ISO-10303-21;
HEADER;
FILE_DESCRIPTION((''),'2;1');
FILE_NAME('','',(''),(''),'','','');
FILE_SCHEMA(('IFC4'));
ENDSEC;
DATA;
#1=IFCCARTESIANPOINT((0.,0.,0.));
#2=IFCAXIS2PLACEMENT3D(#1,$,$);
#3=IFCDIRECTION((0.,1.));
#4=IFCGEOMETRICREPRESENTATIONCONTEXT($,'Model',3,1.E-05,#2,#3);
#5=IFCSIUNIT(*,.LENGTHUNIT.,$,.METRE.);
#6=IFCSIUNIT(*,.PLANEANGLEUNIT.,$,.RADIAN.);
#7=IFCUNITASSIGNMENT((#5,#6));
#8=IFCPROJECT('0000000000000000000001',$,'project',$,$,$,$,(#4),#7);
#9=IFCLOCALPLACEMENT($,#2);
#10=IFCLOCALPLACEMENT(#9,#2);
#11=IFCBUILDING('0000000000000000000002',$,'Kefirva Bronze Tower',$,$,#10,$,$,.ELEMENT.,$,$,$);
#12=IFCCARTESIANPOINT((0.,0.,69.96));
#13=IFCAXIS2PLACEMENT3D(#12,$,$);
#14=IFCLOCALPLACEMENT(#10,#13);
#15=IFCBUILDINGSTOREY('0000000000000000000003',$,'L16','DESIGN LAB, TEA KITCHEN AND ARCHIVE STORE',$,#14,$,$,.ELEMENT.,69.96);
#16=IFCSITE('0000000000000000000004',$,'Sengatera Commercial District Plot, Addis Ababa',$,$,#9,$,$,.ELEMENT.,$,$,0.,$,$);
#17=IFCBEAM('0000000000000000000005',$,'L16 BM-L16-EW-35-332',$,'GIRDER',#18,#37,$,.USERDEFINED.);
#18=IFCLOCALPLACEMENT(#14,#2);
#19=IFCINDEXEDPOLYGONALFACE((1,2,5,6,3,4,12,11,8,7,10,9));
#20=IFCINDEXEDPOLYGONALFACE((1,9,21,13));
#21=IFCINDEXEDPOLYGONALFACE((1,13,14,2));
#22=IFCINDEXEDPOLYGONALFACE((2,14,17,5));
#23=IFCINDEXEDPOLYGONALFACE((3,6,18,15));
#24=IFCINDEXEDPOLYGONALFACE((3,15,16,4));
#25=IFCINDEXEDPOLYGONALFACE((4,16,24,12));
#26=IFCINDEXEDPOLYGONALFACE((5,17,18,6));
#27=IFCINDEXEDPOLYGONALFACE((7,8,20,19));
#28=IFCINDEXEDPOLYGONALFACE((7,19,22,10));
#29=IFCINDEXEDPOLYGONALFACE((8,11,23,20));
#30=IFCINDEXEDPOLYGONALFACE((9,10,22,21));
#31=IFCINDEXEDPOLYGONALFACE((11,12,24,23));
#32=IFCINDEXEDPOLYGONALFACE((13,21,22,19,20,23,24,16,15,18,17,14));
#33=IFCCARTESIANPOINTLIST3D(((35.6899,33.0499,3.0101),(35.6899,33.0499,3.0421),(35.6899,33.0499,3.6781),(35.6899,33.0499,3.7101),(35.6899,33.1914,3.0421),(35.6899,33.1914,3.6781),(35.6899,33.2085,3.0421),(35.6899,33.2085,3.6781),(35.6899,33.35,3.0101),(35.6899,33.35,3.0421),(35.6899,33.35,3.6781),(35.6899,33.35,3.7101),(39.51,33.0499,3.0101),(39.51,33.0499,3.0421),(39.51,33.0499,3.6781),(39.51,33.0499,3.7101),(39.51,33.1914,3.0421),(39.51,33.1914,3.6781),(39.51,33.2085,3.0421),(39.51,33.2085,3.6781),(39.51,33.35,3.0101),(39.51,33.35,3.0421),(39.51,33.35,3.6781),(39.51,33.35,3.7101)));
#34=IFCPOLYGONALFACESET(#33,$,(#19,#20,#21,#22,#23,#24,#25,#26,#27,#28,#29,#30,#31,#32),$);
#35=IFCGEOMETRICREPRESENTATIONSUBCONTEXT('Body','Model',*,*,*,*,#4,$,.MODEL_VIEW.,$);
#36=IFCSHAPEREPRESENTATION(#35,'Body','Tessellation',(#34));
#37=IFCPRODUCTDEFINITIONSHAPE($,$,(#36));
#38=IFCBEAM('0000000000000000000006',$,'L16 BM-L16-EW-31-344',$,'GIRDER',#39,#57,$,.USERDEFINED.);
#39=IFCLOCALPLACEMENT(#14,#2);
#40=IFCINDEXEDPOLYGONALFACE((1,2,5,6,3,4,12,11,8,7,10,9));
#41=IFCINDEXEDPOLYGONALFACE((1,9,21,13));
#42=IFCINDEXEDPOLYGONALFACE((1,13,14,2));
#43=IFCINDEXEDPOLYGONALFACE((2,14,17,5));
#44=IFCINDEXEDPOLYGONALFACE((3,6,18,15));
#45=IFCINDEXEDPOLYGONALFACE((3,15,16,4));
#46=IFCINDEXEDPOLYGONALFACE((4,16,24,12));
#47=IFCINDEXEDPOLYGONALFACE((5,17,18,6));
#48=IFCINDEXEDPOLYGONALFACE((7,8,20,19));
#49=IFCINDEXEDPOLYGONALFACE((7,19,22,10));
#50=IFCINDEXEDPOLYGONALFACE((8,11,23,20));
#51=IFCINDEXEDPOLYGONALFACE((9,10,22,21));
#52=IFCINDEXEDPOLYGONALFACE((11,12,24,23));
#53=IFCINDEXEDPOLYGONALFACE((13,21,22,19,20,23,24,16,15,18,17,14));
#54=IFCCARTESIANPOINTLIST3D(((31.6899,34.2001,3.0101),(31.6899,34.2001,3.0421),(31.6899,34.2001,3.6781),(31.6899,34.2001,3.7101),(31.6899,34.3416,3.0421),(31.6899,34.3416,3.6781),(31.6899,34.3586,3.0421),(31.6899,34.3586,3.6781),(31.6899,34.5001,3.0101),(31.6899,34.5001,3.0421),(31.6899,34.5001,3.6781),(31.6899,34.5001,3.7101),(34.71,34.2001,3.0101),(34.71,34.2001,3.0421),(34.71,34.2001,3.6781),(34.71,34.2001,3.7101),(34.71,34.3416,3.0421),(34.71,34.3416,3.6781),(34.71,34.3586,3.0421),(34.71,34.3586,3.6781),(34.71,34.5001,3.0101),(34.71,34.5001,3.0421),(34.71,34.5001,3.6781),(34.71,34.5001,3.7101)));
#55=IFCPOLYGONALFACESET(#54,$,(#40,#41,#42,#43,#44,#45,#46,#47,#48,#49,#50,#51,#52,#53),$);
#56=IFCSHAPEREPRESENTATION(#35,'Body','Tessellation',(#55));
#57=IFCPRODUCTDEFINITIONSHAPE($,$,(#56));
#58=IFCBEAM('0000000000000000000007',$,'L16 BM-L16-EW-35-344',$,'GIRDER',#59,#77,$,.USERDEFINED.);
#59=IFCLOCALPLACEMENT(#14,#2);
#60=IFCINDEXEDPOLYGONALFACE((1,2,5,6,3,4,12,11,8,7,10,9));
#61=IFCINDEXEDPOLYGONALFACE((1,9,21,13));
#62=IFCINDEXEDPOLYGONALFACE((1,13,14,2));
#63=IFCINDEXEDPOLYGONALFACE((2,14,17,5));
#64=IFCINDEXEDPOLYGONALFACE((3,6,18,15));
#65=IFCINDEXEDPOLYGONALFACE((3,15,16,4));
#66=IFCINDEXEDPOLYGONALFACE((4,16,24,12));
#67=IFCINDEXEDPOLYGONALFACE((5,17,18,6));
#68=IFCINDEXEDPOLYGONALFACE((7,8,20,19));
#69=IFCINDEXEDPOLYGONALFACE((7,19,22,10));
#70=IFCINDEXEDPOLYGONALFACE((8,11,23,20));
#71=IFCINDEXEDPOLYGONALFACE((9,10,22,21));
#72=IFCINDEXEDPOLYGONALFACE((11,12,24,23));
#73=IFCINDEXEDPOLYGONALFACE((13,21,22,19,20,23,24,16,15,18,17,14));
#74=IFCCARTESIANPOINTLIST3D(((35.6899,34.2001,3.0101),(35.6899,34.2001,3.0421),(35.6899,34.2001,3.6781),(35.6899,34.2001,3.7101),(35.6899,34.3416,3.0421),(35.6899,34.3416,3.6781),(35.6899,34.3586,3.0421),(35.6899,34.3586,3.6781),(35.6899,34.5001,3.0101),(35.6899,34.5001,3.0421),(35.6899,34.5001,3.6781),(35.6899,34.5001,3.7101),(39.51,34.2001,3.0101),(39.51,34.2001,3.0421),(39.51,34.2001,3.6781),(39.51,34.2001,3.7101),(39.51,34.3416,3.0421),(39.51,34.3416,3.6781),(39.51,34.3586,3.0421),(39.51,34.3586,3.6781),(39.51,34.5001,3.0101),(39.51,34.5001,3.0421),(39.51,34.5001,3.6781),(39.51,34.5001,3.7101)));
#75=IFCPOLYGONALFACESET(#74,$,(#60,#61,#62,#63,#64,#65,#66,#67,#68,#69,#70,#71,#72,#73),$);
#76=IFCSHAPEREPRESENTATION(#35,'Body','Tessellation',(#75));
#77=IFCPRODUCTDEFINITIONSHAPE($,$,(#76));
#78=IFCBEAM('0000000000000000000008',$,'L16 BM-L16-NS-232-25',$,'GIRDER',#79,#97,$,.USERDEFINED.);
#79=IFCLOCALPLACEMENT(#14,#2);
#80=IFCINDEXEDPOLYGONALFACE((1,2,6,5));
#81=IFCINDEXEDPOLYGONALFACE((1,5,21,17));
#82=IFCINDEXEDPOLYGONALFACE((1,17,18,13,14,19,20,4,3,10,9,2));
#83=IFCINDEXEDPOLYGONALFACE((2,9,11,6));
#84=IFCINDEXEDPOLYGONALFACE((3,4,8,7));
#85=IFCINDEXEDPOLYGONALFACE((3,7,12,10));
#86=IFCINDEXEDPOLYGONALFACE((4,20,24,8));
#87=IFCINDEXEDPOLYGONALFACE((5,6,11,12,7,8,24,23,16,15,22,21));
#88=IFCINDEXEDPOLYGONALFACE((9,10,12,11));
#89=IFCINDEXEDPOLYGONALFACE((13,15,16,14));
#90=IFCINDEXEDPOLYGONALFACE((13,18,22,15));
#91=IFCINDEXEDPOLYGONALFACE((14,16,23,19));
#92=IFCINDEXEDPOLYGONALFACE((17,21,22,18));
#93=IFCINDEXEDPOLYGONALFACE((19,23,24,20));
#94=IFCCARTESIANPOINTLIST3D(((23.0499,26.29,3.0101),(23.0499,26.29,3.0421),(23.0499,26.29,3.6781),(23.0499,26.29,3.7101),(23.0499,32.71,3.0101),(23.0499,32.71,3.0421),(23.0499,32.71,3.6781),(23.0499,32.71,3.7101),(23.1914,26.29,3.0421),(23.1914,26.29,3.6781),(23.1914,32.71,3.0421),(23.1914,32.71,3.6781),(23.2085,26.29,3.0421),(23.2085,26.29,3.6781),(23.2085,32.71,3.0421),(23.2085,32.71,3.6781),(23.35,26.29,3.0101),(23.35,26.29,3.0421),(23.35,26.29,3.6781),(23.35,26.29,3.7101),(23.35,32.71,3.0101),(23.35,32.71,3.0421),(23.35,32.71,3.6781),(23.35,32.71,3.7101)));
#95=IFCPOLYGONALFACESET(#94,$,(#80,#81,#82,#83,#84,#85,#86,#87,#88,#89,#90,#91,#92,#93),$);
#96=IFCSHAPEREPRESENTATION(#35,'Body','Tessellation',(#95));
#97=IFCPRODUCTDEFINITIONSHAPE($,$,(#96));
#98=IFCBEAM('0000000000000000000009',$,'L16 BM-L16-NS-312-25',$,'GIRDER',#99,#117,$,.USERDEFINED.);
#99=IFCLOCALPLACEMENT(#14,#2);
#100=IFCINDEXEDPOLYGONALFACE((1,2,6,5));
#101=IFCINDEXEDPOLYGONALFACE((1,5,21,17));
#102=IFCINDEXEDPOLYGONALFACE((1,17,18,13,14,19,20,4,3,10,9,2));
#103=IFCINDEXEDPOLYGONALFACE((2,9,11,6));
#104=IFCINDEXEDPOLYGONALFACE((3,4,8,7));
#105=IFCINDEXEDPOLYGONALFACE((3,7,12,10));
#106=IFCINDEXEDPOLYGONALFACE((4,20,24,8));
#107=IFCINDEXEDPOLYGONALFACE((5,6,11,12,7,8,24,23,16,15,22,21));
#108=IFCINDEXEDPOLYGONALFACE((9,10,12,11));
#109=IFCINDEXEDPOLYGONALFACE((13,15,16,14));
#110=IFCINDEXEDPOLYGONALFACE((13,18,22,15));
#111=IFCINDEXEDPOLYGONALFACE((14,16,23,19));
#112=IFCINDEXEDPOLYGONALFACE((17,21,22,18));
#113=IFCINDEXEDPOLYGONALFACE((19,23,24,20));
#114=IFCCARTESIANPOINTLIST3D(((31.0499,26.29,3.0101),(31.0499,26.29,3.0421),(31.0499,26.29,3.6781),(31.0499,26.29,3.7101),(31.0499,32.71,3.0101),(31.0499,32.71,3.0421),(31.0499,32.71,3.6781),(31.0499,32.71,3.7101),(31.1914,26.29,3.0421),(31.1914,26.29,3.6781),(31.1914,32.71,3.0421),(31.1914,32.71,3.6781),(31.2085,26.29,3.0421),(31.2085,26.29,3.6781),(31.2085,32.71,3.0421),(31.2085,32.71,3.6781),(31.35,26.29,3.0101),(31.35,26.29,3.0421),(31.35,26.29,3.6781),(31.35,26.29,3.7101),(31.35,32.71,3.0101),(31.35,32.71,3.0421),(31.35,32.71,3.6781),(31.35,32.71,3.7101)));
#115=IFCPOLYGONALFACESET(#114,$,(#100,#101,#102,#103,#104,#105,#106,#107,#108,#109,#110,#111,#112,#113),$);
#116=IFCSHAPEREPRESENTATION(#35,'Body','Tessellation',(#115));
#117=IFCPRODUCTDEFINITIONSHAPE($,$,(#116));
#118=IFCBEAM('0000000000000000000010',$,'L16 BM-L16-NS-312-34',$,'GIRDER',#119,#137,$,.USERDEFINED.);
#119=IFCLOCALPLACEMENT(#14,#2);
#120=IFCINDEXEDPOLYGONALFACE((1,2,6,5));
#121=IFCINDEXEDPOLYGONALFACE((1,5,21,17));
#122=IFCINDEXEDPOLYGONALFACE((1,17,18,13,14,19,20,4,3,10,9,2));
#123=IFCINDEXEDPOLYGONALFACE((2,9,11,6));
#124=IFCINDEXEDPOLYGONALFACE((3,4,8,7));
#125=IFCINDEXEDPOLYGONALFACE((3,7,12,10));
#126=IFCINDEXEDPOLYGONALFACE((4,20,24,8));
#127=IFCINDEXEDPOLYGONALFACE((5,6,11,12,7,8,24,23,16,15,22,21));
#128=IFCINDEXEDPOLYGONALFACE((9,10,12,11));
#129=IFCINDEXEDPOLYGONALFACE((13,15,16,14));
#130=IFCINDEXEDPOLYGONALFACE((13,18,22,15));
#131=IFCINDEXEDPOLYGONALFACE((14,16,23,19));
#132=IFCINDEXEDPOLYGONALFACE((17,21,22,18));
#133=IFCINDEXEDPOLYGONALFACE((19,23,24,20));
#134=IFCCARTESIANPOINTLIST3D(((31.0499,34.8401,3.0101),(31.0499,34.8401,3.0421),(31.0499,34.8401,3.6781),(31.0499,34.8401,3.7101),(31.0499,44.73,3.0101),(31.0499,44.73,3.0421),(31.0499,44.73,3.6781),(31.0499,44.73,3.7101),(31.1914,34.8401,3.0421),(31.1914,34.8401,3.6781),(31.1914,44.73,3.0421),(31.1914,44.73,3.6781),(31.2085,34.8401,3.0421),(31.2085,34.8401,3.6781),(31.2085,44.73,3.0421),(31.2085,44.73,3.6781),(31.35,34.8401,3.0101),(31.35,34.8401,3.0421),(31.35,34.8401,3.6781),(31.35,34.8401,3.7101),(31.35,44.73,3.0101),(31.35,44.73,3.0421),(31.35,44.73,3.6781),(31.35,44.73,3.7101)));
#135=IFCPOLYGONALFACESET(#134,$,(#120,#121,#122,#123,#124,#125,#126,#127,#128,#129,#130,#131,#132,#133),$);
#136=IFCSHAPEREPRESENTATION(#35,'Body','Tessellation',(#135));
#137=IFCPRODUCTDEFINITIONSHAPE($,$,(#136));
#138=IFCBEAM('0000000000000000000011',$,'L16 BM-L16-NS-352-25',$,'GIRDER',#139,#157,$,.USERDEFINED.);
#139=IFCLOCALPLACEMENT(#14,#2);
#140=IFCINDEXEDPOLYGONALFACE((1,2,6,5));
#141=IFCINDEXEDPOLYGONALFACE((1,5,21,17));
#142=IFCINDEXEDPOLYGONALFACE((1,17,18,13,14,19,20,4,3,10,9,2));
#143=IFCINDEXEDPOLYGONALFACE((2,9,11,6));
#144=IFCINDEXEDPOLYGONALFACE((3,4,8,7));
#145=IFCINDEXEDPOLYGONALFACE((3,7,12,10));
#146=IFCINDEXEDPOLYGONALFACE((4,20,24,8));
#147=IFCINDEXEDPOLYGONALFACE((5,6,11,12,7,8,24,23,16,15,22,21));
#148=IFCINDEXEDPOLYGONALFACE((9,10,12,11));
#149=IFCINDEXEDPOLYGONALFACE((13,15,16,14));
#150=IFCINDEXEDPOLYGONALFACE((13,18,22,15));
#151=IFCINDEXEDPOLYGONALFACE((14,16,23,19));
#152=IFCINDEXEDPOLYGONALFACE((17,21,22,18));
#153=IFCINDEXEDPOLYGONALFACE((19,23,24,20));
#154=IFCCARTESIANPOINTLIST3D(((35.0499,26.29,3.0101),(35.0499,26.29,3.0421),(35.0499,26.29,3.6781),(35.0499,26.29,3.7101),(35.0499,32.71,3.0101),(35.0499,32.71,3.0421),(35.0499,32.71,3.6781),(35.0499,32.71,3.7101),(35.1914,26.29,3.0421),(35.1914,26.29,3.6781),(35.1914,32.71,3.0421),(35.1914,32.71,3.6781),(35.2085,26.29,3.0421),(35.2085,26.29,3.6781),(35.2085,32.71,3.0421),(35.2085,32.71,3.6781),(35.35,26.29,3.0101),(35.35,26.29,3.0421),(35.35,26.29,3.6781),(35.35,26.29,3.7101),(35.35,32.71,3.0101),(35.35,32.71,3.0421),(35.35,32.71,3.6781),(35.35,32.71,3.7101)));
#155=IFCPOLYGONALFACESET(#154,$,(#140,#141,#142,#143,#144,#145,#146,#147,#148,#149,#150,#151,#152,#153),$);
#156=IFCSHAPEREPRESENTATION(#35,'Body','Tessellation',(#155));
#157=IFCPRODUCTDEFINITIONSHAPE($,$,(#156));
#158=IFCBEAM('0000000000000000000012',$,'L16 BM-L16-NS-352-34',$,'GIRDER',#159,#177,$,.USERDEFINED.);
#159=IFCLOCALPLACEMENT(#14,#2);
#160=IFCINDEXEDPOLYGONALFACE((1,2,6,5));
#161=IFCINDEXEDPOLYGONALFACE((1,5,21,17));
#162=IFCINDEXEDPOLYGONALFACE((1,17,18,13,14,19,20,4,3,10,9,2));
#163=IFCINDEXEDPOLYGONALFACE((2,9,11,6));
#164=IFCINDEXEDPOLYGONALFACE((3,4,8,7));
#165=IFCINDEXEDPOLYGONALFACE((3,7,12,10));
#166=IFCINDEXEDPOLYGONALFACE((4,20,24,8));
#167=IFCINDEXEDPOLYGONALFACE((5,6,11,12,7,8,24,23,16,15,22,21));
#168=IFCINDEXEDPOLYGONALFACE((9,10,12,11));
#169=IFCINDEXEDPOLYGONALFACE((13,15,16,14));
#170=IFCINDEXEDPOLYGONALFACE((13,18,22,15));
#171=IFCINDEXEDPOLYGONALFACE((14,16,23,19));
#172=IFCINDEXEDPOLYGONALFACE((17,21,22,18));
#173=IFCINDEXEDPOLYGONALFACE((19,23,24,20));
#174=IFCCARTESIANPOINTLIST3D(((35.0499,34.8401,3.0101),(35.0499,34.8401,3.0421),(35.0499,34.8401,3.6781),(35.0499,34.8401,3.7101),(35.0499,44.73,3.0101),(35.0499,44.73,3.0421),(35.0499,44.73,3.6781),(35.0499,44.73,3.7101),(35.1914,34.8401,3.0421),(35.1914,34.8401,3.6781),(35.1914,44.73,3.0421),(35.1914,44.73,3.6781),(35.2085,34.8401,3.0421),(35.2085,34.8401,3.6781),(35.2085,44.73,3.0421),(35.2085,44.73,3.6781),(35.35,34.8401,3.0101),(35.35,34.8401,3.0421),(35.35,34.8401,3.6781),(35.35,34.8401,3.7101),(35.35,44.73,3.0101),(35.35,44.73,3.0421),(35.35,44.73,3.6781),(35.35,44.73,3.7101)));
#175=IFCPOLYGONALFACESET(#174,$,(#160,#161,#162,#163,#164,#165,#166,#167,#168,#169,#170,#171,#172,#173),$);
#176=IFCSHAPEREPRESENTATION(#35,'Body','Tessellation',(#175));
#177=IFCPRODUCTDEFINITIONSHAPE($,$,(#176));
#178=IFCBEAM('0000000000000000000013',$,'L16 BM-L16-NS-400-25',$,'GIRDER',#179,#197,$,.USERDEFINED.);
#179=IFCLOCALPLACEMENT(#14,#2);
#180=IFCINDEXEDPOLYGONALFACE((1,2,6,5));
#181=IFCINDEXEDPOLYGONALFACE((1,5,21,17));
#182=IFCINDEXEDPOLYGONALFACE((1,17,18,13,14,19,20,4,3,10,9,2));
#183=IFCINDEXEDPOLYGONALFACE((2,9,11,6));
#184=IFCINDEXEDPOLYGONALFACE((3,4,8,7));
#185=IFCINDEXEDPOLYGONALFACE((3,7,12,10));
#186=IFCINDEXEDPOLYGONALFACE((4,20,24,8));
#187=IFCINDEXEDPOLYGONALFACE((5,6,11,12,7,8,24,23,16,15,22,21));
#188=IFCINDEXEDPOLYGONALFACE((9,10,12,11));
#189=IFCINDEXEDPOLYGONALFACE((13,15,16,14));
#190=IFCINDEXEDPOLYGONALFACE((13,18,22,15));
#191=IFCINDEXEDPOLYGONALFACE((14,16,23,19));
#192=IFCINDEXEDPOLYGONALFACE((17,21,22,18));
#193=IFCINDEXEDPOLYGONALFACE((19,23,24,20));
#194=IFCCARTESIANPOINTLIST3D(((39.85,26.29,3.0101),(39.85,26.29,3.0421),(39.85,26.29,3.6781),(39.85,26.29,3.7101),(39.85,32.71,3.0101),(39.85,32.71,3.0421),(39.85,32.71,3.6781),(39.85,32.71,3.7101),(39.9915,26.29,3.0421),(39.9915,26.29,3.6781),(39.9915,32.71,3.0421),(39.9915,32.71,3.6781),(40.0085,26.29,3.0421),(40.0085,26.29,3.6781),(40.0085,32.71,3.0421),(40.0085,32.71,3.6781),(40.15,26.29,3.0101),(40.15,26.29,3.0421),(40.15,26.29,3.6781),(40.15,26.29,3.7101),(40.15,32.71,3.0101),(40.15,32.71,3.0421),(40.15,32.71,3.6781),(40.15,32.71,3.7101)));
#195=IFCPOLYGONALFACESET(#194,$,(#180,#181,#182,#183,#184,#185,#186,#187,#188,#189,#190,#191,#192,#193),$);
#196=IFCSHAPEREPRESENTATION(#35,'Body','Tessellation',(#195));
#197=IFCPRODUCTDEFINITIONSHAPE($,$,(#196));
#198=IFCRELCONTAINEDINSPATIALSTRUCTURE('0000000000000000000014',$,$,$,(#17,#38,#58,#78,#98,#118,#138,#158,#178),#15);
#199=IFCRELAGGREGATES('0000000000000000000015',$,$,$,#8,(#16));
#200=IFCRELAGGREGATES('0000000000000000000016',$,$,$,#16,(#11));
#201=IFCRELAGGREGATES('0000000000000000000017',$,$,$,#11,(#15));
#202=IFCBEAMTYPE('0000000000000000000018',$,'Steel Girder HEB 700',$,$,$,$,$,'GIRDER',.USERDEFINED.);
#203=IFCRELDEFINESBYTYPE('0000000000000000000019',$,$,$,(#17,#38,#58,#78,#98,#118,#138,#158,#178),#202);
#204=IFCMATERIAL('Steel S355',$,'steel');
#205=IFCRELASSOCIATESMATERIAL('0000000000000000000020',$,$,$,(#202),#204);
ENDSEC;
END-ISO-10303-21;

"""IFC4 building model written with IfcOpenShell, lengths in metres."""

from ifc_helpers import new_model, si_unit, direction, frame, origin, origin_2d, place, context, subcontext, project, spatial, i_section, extrude, material, material_profile, profile_set, type_object, element, save


model = new_model("IFC4")

# Units and contexts
model_context = context("Model", 3, precision=1e-05, world=origin(), true_north=direction((0.0, 1.0)))
body_context = subcontext(model_context, "Body", "Model", "MODEL_VIEW")
ifc_project = project(units=[si_unit("LENGTHUNIT", "METRE"), si_unit("PLANEANGLEUNIT", "RADIAN")], contexts=[model_context])

# Site, building, storey
site_placement = place(None, origin())
site = spatial("IfcSite", under=ifc_project, at=site_placement, Name="Sengatera Commercial District Plot, Addis Ababa", CompositionType="ELEMENT", RefElevation=0.0)
building_placement = place(site_placement, origin())
building = spatial("IfcBuilding", under=site, at=building_placement, Name="Kefirva Bronze Tower", CompositionType="ELEMENT")
storey_placement = place(building_placement, frame((0.0, 0.0, 69.96)))
storey = spatial("IfcBuildingStorey", under=building, at=storey_placement, Name="L16", Description="DESIGN LAB, TEA KITCHEN AND ARCHIVE STORE", CompositionType="ELEMENT", Elevation=69.96)

# Beams
ifc_material_1 = material(Name="Steel S355", Category="steel")
ifc_material_profile_1 = material_profile(ifc_material_1, i_section(OverallWidth=0.3, OverallDepth=0.7, WebThickness=0.0171, FlangeThickness=0.032, at=origin_2d()), Name="HEB 700")
ifc_profile_set_1 = profile_set([ifc_material_profile_1], Name="Steel S355")
beam_type_1 = type_object("IfcBeamType", Name="Steel Girder HEB 700", ElementType="GIRDER", PredefinedType="USERDEFINED", material=ifc_profile_set_1)
beam_1_placement = place(storey_placement, frame((35.6899, 33.2, 3.3601), z_axis=(1.0, 0.0, 0.0), x_axis=(0.0, 1.0, 0.0)))
element("IfcBeam", 1, at=beam_1_placement, inside=storey, type_object=beam_type_1, Name="L16 BM-L16-EW-35-332", ObjectType="GIRDER", PredefinedType="USERDEFINED", context=body_context, shape_type="SweptSolid", body=[
    extrude(i_section(OverallWidth=0.3, OverallDepth=0.7, WebThickness=0.0171, FlangeThickness=0.032, at=origin_2d()), origin(), (0.0, 0.0, 1.0), 3.8201),
])
beam_2_placement = place(storey_placement, frame((31.6899, 34.3501, 3.3601), z_axis=(1.0, 0.0, 0.0), x_axis=(0.0, 1.0, 0.0)))
element("IfcBeam", 2, at=beam_2_placement, inside=storey, type_object=beam_type_1, Name="L16 BM-L16-EW-31-344", ObjectType="GIRDER", PredefinedType="USERDEFINED", context=body_context, shape_type="SweptSolid", body=[
    extrude(i_section(OverallWidth=0.3, OverallDepth=0.7, WebThickness=0.0171, FlangeThickness=0.032, at=origin_2d()), origin(), (0.0, 0.0, 1.0), 3.02),
])
beam_3_placement = place(storey_placement, frame((35.6899, 34.3501, 3.3601), z_axis=(1.0, 0.0, 0.0), x_axis=(0.0, 1.0, 0.0)))
element("IfcBeam", 3, at=beam_3_placement, inside=storey, type_object=beam_type_1, Name="L16 BM-L16-EW-35-344", ObjectType="GIRDER", PredefinedType="USERDEFINED", context=body_context, shape_type="SweptSolid", body=[
    extrude(i_section(OverallWidth=0.3, OverallDepth=0.7, WebThickness=0.0171, FlangeThickness=0.032, at=origin_2d()), origin(), (0.0, 0.0, 1.0), 3.8201),
])
for number, where, z_axis, x_axis, name in (
    (4, (23.2, 26.29, 3.3601), (0.0, 1.0, 0.0), (-1.0, 0.0, 0.0), "L16 BM-L16-NS-232-25"),
    (5, (31.2, 26.29, 3.3601), (0.0, 1.0, 0.0), (-1.0, 0.0, 0.0), "L16 BM-L16-NS-312-25"),
):
    element("IfcBeam", number, at=place(storey_placement, frame(where, z_axis=z_axis, x_axis=x_axis)), inside=storey, type_object=beam_type_1, Name=name, ObjectType="GIRDER", PredefinedType="USERDEFINED", context=body_context, shape_type="SweptSolid", body=[
        extrude(i_section(OverallWidth=0.3, OverallDepth=0.7, WebThickness=0.0171, FlangeThickness=0.032, at=origin_2d()), origin(), (0.0, 0.0, 1.0), 6.4199),
    ])
beam_4_placement = place(storey_placement, frame((31.2, 34.8401, 3.3601), z_axis=(0.0, 1.0, 0.0), x_axis=(-1.0, 0.0, 0.0)))
element("IfcBeam", 6, at=beam_4_placement, inside=storey, type_object=beam_type_1, Name="L16 BM-L16-NS-312-34", ObjectType="GIRDER", PredefinedType="USERDEFINED", context=body_context, shape_type="SweptSolid", body=[
    extrude(i_section(OverallWidth=0.3, OverallDepth=0.7, WebThickness=0.0171, FlangeThickness=0.032, at=origin_2d()), origin(), (0.0, 0.0, 1.0), 9.8899),
])
beam_5_placement = place(storey_placement, frame((35.2, 26.29, 3.3601), z_axis=(0.0, 1.0, 0.0), x_axis=(-1.0, 0.0, 0.0)))
element("IfcBeam", 7, at=beam_5_placement, inside=storey, type_object=beam_type_1, Name="L16 BM-L16-NS-352-25", ObjectType="GIRDER", PredefinedType="USERDEFINED", context=body_context, shape_type="SweptSolid", body=[
    extrude(i_section(OverallWidth=0.3, OverallDepth=0.7, WebThickness=0.0171, FlangeThickness=0.032, at=origin_2d()), origin(), (0.0, 0.0, 1.0), 6.4199),
])
beam_6_placement = place(storey_placement, frame((35.2, 34.8401, 3.3601), z_axis=(0.0, 1.0, 0.0), x_axis=(-1.0, 0.0, 0.0)))
element("IfcBeam", 8, at=beam_6_placement, inside=storey, type_object=beam_type_1, Name="L16 BM-L16-NS-352-34", ObjectType="GIRDER", PredefinedType="USERDEFINED", context=body_context, shape_type="SweptSolid", body=[
    extrude(i_section(OverallWidth=0.3, OverallDepth=0.7, WebThickness=0.0171, FlangeThickness=0.032, at=origin_2d()), origin(), (0.0, 0.0, 1.0), 9.8899),
])
beam_7_placement = place(storey_placement, frame((40.0, 26.29, 3.3601), z_axis=(0.0, 1.0, 0.0), x_axis=(-1.0, 0.0, 0.0)))
element("IfcBeam", 9, at=beam_7_placement, inside=storey, type_object=beam_type_1, Name="L16 BM-L16-NS-400-25", ObjectType="GIRDER", PredefinedType="USERDEFINED", context=body_context, shape_type="SweptSolid", body=[
    extrude(i_section(OverallWidth=0.3, OverallDepth=0.7, WebThickness=0.0171, FlangeThickness=0.032, at=origin_2d()), origin(), (0.0, 0.0, 1.0), 6.4199),
])

save(model, "model.ifc")
